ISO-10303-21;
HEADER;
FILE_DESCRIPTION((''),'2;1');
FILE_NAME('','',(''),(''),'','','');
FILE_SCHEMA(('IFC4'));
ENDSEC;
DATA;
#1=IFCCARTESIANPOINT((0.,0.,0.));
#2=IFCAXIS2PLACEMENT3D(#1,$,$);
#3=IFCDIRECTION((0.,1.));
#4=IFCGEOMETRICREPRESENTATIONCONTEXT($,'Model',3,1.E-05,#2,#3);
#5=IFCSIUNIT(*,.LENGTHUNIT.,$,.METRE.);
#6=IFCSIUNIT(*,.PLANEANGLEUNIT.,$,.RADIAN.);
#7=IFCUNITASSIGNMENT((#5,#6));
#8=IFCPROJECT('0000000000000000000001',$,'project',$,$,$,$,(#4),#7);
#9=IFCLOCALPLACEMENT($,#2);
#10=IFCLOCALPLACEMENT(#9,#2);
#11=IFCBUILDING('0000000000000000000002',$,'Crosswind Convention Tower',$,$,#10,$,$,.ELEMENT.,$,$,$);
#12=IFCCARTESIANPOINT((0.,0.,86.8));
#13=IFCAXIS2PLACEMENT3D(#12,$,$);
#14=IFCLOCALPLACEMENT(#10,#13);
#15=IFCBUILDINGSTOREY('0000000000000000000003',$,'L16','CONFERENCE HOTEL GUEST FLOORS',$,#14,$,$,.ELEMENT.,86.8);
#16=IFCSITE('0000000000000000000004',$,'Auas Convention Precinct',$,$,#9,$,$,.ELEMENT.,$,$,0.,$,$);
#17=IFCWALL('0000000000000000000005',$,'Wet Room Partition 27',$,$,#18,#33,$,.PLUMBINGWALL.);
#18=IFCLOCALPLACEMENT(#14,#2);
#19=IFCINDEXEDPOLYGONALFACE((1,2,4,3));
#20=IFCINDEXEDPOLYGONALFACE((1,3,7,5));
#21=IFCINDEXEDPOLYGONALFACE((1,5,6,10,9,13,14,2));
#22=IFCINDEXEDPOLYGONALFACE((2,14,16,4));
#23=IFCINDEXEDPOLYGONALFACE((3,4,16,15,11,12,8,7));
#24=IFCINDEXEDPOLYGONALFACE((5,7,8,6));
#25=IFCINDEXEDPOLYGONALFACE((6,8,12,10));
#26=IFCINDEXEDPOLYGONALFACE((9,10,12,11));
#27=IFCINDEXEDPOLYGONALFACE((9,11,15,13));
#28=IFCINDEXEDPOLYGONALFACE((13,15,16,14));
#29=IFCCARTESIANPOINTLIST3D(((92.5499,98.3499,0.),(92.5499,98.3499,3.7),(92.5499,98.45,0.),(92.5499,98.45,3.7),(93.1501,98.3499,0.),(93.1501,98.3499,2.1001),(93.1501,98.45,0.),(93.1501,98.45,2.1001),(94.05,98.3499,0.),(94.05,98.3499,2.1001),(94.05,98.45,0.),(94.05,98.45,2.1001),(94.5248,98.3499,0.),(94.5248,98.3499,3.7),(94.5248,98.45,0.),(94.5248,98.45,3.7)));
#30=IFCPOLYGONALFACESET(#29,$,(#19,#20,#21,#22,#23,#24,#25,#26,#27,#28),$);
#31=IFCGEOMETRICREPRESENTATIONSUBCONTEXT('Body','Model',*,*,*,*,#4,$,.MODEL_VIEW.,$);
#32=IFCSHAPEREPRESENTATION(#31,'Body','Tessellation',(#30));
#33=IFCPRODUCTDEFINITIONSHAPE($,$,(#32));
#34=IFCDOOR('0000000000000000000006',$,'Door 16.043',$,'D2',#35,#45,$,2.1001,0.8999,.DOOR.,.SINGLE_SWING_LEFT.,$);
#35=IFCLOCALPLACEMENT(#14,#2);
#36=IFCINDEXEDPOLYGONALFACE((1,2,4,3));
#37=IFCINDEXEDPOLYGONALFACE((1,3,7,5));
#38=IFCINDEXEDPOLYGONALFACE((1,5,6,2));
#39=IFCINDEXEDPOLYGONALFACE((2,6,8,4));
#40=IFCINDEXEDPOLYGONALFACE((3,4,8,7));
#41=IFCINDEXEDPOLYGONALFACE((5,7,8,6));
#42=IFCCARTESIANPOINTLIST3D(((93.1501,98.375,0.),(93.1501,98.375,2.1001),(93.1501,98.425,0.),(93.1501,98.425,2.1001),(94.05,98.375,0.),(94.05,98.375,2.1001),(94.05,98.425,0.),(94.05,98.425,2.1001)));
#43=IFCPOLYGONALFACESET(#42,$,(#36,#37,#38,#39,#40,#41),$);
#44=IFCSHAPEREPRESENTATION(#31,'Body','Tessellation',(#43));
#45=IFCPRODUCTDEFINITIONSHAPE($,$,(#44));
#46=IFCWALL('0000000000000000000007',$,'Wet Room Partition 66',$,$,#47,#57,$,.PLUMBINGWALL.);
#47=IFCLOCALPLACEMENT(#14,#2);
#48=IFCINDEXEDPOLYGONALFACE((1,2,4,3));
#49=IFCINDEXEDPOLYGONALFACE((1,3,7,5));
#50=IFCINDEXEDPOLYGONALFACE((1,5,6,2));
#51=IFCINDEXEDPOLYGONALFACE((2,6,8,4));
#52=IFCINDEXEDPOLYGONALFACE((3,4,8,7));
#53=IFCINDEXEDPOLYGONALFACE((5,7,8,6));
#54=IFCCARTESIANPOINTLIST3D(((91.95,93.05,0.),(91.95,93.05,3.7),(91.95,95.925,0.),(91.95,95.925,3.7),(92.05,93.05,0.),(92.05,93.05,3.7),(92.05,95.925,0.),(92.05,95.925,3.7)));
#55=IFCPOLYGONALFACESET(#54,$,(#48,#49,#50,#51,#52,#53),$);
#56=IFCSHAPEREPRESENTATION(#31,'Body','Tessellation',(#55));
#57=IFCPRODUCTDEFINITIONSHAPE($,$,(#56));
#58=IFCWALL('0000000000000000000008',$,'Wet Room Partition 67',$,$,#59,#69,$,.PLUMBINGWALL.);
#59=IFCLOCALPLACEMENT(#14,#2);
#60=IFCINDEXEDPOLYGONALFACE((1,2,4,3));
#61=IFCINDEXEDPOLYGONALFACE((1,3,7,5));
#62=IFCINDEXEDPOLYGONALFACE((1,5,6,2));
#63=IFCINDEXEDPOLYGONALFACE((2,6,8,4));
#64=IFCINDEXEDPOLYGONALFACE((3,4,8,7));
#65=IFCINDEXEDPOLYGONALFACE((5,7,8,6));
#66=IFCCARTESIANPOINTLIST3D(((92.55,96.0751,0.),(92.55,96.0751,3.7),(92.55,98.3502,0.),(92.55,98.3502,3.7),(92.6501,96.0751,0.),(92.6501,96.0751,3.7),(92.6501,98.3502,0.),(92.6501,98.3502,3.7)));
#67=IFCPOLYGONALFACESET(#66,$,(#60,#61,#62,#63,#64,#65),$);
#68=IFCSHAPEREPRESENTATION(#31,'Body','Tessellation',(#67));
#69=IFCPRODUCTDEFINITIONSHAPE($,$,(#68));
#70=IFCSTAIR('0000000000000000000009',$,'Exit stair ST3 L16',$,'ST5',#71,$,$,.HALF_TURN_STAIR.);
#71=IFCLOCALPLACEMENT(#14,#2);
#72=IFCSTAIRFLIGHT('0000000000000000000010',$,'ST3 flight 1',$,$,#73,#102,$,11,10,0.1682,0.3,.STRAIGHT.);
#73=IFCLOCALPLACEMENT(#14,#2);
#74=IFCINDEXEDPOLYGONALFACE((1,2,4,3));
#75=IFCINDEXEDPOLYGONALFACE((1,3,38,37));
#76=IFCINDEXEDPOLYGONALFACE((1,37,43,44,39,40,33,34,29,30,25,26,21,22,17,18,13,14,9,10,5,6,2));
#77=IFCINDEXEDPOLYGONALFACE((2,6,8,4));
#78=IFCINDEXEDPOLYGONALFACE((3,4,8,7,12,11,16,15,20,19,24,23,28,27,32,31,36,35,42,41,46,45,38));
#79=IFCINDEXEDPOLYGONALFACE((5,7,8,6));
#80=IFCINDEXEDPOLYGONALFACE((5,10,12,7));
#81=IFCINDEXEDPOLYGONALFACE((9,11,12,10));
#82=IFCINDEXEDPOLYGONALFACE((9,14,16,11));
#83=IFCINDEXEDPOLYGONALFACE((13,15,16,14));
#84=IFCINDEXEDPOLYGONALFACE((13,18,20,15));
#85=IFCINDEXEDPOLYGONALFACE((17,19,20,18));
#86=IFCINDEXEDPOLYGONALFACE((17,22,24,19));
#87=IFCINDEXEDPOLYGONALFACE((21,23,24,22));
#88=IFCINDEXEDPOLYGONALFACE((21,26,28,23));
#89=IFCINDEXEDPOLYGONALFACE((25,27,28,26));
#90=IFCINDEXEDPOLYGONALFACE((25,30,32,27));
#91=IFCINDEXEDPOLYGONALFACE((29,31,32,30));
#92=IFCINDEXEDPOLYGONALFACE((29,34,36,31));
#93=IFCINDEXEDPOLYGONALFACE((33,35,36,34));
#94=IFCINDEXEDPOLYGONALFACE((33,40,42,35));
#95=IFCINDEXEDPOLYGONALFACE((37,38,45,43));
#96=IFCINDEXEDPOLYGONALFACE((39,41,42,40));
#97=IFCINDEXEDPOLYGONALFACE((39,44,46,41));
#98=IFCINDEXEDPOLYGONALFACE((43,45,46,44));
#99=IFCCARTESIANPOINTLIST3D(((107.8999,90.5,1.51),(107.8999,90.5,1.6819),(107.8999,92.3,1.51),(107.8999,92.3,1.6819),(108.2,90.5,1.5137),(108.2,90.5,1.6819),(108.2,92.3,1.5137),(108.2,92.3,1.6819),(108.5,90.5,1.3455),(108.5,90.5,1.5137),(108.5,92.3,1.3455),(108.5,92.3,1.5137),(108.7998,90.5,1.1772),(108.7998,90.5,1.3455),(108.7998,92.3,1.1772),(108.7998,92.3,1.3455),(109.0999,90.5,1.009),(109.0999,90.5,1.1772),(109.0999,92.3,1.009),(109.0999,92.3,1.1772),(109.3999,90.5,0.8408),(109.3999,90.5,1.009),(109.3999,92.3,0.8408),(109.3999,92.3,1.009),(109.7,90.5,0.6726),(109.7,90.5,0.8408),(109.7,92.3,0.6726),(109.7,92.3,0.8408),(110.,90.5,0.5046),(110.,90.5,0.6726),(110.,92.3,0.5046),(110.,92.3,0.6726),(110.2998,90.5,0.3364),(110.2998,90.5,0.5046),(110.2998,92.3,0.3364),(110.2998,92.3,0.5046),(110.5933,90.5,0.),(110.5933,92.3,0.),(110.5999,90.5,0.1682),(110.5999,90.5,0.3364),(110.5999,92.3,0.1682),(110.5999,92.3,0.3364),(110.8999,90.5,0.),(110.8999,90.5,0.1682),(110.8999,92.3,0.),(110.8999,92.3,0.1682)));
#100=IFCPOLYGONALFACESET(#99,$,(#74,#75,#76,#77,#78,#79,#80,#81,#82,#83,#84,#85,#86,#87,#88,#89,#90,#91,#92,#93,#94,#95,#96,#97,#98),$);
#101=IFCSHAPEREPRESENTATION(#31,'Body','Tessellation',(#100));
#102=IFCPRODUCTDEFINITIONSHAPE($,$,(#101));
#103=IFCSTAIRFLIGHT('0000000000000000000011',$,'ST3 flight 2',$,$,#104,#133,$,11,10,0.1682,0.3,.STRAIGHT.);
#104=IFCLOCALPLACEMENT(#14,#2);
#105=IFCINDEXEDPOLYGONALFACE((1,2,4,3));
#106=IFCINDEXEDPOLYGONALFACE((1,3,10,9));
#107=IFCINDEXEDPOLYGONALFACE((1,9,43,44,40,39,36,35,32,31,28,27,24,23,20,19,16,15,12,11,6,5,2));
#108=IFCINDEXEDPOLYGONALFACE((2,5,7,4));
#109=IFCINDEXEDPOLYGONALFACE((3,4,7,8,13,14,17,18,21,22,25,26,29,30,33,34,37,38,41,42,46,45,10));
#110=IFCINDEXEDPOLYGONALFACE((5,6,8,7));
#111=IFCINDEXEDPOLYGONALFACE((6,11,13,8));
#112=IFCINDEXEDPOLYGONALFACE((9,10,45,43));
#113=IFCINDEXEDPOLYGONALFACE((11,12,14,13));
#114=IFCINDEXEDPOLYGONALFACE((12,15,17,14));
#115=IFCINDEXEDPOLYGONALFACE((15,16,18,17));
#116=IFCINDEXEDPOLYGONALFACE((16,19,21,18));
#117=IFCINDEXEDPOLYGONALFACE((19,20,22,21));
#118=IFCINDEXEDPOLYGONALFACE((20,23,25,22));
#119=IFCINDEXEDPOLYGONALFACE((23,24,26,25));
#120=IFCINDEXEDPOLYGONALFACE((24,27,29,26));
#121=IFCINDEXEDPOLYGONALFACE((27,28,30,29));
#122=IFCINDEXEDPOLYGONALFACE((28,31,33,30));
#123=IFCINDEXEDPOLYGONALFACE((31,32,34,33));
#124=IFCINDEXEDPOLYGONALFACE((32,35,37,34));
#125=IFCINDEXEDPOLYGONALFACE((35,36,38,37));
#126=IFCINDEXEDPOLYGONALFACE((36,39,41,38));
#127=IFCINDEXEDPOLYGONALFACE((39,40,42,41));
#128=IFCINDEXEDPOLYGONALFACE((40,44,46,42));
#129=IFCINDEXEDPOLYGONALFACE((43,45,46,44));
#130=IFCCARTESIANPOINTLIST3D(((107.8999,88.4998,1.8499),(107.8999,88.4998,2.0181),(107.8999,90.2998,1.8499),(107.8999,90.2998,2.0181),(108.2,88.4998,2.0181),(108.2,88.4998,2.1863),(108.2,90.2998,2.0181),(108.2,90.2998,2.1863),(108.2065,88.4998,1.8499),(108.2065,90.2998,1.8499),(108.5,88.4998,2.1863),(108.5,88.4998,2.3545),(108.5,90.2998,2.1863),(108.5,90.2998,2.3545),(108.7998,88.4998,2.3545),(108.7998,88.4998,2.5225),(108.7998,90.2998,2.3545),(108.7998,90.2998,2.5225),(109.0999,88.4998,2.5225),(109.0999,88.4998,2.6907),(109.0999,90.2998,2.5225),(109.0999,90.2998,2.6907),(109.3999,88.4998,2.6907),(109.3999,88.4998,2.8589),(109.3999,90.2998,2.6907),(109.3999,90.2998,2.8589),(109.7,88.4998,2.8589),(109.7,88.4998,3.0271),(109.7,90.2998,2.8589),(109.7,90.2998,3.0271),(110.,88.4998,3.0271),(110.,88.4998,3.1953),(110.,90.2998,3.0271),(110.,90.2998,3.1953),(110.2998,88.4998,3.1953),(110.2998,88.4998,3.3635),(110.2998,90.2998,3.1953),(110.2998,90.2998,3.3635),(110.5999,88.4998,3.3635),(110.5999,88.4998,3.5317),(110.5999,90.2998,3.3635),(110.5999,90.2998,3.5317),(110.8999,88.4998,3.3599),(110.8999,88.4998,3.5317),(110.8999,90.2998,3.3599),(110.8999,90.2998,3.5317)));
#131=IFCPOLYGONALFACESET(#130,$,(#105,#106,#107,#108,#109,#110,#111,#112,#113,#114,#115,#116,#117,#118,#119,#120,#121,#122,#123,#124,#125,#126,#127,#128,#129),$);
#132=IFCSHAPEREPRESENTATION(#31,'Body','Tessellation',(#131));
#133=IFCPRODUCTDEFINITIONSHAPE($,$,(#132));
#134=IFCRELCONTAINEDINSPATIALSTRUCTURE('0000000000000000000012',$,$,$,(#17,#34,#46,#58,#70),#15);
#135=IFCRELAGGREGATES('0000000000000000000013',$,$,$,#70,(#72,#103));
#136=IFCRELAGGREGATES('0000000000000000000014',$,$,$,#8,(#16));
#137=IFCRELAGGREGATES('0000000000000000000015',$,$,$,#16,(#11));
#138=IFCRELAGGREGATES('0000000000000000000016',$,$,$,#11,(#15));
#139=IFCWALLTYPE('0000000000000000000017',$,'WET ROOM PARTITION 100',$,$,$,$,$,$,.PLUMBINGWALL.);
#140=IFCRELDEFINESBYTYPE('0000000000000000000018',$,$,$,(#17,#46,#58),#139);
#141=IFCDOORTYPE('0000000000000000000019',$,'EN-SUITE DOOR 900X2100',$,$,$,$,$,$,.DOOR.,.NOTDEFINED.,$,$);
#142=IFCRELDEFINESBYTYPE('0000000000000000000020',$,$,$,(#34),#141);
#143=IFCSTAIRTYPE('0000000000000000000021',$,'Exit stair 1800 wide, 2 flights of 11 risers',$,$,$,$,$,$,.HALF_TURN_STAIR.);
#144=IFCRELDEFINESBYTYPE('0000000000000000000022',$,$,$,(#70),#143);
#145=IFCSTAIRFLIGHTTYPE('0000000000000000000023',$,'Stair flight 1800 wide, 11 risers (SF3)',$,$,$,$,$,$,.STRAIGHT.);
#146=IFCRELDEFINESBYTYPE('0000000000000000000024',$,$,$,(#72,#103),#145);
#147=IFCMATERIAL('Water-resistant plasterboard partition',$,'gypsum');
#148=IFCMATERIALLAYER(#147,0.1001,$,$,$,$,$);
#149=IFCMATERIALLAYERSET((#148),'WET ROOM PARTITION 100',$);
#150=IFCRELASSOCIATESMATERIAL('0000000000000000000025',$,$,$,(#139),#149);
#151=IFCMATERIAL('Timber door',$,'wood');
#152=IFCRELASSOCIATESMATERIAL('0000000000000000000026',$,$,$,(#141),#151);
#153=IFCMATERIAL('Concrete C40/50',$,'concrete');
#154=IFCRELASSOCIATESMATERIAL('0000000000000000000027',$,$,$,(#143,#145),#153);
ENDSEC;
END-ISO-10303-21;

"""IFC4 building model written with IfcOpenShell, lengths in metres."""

from ifc_helpers import new_model, si_unit, direction, frame, frame_2d, origin, place, context, subcontext, project, spatial, polyline, rectangle, outline, extrude, material, layer, layer_set, type_object, element, fill, aggregate, save


model = new_model("IFC4")

# Units and contexts
model_context = context("Model", 3, precision=1e-05, world=origin(), true_north=direction((0.0, 1.0)))
body_context = subcontext(model_context, "Body", "Model", "MODEL_VIEW")
ifc_project = project(units=[si_unit("LENGTHUNIT", "METRE"), si_unit("PLANEANGLEUNIT", "RADIAN")], contexts=[model_context])

# Site, building, storey
site_placement = place(None, origin())
site = spatial("IfcSite", under=ifc_project, at=site_placement, Name="Auas Convention Precinct", CompositionType="ELEMENT", RefElevation=0.0)
building_placement = place(site_placement, origin())
building = spatial("IfcBuilding", under=site, at=building_placement, Name="Crosswind Convention Tower", CompositionType="ELEMENT")
storey_placement = place(building_placement, frame((0.0, 0.0, 86.8)))
storey = spatial("IfcBuildingStorey", under=building, at=storey_placement, Name="L16", Description="CONFERENCE HOTEL GUEST FLOORS", CompositionType="ELEMENT", Elevation=86.8)

# Shared definitions
ifc_material_1 = material(Name="Timber door", Category="wood")

# Wall, opening, door
ifc_material_2 = material(Name="Water-resistant plasterboard partition", Category="gypsum")
ifc_layer_1 = layer(ifc_material_2, 0.1001)
ifc_layer_set_1 = layer_set([ifc_layer_1], Name="WET ROOM PARTITION 100")
wall_type_1 = type_object("IfcWallType", Name="WET ROOM PARTITION 100", PredefinedType="PLUMBINGWALL", material=ifc_layer_set_1)
door_type_1 = type_object("IfcDoorType", Name="EN-SUITE DOOR 900X2100", OperationType="NOTDEFINED", PredefinedType="DOOR", material=ifc_material_1)
wall_1_placement = place(storey_placement, frame((92.55, 98.3999, 0.0), z_axis=(0.0, 0.0, 1.0), x_axis=(1.0, 0.0, 0.0)))
wall_1 = element("IfcWall", 1, at=wall_1_placement, inside=storey, type_object=wall_type_1, Name="Wet Room Partition 27", PredefinedType="PLUMBINGWALL", context=body_context, shape_type="SweptSolid", body=[
    extrude(rectangle(XDim=1.9749, YDim=0.1001, at=frame_2d((0.9873, 0.0))), origin(), (0.0, 0.0, 1.0), 3.7),
])
opening_1_placement = place(wall_1_placement, frame((0.6001, 0.0, 0.0)))
opening_1 = element("IfcOpeningElement", 2, at=opening_1_placement, cuts=wall_1, PredefinedType="OPENING", context=body_context, shape_type="SweptSolid", body=[
    extrude(rectangle(XDim=0.8999, YDim=2.1001, at=frame_2d((0.45, 1.05))), frame((0.0, 0.0601, 0.0), z_axis=(0.0, -1.0, 0.0), x_axis=(1.0, 0.0, 0.0)), (0.0, 0.0, 1.0), 0.1201),
])
door_1_placement = place(opening_1_placement, frame((0.8999, 0.0, 0.0), z_axis=(0.0, 0.0, 1.0), x_axis=(-1.0, 0.0, 0.0)))
door_1 = element("IfcDoor", 3, at=door_1_placement, inside=storey, type_object=door_type_1, Name="Door 16.043", ObjectType="D2", OperationType="SINGLE_SWING_LEFT", OverallHeight=2.1001, OverallWidth=0.8999, PredefinedType="DOOR", context=body_context, shape_type="SweptSolid", body=[
    extrude(rectangle(XDim=0.8999, YDim=2.1001, at=frame_2d((0.45, 1.05))), frame((0.0, 0.0249, 0.0), z_axis=(0.0, -1.0, 0.0), x_axis=(1.0, 0.0, 0.0)), (0.0, 0.0, 1.0), 0.05),
])
fill(opening_1, door_1)

# Walls
wall_2_placement = place(storey_placement, frame((92.0, 93.05, 0.0), z_axis=(0.0, 0.0, 1.0), x_axis=(0.0, 1.0, 0.0)))
element("IfcWall", 4, at=wall_2_placement, inside=storey, type_object=wall_type_1, Name="Wet Room Partition 66", PredefinedType="PLUMBINGWALL", context=body_context, shape_type="SweptSolid", body=[
    extrude(rectangle(XDim=2.875, YDim=0.1001, at=frame_2d((1.4375, 0.0))), origin(), (0.0, 0.0, 1.0), 3.7),
])
wall_3_placement = place(storey_placement, frame((92.6001, 96.075, 0.0), z_axis=(0.0, 0.0, 1.0), x_axis=(0.0, 1.0, 0.0)))
element("IfcWall", 5, at=wall_3_placement, inside=storey, type_object=wall_type_1, Name="Wet Room Partition 67", PredefinedType="PLUMBINGWALL", context=body_context, shape_type="SweptSolid", body=[
    extrude(rectangle(XDim=2.2751, YDim=0.1001, at=frame_2d((1.1377, 0.0))), origin(), (0.0, 0.0, 1.0), 3.7),
])

# Stair, stair flights
ifc_material_3 = material(Name="Concrete C40/50", Category="concrete")
stair_type = type_object("IfcStairType", Name="Exit stair 1800 wide, 2 flights of 11 risers", PredefinedType="HALF_TURN_STAIR", material=ifc_material_3)
stair_placement = place(storey_placement, origin())
stair = element("IfcStair", 6, at=stair_placement, inside=storey, type_object=stair_type, Name="Exit stair ST3 L16", ObjectType="ST5", PredefinedType="HALF_TURN_STAIR")
stair_flight_type = type_object("IfcStairFlightType", Name="Stair flight 1800 wide, 11 risers (SF3)", PredefinedType="STRAIGHT", material=ifc_material_3)
stair_flight_1_placement = place(storey_placement, frame((110.8999, 91.3999, 0.0), z_axis=(0.0, 0.0, 1.0), x_axis=(-1.0, 0.0, 0.0)))
stair_flight_1 = element("IfcStairFlight", 7, at=stair_flight_1_placement, type_object=stair_flight_type, Name="ST3 flight 1", NumberOfRisers=11, NumberOfTreads=10, PredefinedType="STRAIGHT", RiserHeight=0.1682, TreadLength=0.3, context=body_context, shape_type="SweptSolid", body=[
    extrude(outline(polyline([(0.0, 0.0), (0.0, 0.1682), (0.3, 0.1682), (0.3, 0.3364), (0.6001, 0.3364), (0.6001, 0.5046), (0.8999, 0.5046), (0.8999, 0.6726), (1.2, 0.6726), (1.2, 0.8408), (1.5, 0.8408), (1.5, 1.009), (1.8, 1.009), (1.8, 1.1772), (2.1001, 1.1772), (2.1001, 1.3455), (2.3999, 1.3455), (2.3999, 1.5137), (2.7, 1.5137), (2.7, 1.6819), (3.0, 1.6819), (3.0, 1.8501), (3.0, 1.51), (0.3066, 0.0), (0.0, 0.0)])), frame((0.0, 0.8999, 0.0), z_axis=(0.0, -1.0, 0.0), x_axis=(1.0, 0.0, 0.0)), (0.0, 0.0, 1.0), 1.8),
])
stair_flight_2_placement = place(storey_placement, frame((107.8999, 89.3999, 1.8499), z_axis=(0.0, 0.0, 1.0), x_axis=(1.0, 0.0, 0.0)))
stair_flight_2 = element("IfcStairFlight", 8, at=stair_flight_2_placement, type_object=stair_flight_type, Name="ST3 flight 2", NumberOfRisers=11, NumberOfTreads=10, PredefinedType="STRAIGHT", RiserHeight=0.1682, TreadLength=0.3, context=body_context, shape_type="SweptSolid", body=[
    extrude(outline(polyline([(0.0, 0.0), (0.0, 0.1682), (0.3, 0.1682), (0.3, 0.3364), (0.6001, 0.3364), (0.6001, 0.5046), (0.8999, 0.5046), (0.8999, 0.6726), (1.2, 0.6726), (1.2, 0.8408), (1.5, 0.8408), (1.5, 1.009), (1.8, 1.009), (1.8, 1.1772), (2.1001, 1.1772), (2.1001, 1.3455), (2.3999, 1.3455), (2.3999, 1.5137), (2.7, 1.5137), (2.7, 1.6819), (3.0, 1.6819), (3.0, 1.8501), (3.0, 1.51), (0.3066, 0.0), (0.0, 0.0)])), frame((0.0, 0.8999, 0.0), z_axis=(0.0, -1.0, 0.0), x_axis=(1.0, 0.0, 0.0)), (0.0, 0.0, 1.0), 1.8),
])
aggregate(stair, [stair_flight_1, stair_flight_2])

save(model, "model.ifc")
